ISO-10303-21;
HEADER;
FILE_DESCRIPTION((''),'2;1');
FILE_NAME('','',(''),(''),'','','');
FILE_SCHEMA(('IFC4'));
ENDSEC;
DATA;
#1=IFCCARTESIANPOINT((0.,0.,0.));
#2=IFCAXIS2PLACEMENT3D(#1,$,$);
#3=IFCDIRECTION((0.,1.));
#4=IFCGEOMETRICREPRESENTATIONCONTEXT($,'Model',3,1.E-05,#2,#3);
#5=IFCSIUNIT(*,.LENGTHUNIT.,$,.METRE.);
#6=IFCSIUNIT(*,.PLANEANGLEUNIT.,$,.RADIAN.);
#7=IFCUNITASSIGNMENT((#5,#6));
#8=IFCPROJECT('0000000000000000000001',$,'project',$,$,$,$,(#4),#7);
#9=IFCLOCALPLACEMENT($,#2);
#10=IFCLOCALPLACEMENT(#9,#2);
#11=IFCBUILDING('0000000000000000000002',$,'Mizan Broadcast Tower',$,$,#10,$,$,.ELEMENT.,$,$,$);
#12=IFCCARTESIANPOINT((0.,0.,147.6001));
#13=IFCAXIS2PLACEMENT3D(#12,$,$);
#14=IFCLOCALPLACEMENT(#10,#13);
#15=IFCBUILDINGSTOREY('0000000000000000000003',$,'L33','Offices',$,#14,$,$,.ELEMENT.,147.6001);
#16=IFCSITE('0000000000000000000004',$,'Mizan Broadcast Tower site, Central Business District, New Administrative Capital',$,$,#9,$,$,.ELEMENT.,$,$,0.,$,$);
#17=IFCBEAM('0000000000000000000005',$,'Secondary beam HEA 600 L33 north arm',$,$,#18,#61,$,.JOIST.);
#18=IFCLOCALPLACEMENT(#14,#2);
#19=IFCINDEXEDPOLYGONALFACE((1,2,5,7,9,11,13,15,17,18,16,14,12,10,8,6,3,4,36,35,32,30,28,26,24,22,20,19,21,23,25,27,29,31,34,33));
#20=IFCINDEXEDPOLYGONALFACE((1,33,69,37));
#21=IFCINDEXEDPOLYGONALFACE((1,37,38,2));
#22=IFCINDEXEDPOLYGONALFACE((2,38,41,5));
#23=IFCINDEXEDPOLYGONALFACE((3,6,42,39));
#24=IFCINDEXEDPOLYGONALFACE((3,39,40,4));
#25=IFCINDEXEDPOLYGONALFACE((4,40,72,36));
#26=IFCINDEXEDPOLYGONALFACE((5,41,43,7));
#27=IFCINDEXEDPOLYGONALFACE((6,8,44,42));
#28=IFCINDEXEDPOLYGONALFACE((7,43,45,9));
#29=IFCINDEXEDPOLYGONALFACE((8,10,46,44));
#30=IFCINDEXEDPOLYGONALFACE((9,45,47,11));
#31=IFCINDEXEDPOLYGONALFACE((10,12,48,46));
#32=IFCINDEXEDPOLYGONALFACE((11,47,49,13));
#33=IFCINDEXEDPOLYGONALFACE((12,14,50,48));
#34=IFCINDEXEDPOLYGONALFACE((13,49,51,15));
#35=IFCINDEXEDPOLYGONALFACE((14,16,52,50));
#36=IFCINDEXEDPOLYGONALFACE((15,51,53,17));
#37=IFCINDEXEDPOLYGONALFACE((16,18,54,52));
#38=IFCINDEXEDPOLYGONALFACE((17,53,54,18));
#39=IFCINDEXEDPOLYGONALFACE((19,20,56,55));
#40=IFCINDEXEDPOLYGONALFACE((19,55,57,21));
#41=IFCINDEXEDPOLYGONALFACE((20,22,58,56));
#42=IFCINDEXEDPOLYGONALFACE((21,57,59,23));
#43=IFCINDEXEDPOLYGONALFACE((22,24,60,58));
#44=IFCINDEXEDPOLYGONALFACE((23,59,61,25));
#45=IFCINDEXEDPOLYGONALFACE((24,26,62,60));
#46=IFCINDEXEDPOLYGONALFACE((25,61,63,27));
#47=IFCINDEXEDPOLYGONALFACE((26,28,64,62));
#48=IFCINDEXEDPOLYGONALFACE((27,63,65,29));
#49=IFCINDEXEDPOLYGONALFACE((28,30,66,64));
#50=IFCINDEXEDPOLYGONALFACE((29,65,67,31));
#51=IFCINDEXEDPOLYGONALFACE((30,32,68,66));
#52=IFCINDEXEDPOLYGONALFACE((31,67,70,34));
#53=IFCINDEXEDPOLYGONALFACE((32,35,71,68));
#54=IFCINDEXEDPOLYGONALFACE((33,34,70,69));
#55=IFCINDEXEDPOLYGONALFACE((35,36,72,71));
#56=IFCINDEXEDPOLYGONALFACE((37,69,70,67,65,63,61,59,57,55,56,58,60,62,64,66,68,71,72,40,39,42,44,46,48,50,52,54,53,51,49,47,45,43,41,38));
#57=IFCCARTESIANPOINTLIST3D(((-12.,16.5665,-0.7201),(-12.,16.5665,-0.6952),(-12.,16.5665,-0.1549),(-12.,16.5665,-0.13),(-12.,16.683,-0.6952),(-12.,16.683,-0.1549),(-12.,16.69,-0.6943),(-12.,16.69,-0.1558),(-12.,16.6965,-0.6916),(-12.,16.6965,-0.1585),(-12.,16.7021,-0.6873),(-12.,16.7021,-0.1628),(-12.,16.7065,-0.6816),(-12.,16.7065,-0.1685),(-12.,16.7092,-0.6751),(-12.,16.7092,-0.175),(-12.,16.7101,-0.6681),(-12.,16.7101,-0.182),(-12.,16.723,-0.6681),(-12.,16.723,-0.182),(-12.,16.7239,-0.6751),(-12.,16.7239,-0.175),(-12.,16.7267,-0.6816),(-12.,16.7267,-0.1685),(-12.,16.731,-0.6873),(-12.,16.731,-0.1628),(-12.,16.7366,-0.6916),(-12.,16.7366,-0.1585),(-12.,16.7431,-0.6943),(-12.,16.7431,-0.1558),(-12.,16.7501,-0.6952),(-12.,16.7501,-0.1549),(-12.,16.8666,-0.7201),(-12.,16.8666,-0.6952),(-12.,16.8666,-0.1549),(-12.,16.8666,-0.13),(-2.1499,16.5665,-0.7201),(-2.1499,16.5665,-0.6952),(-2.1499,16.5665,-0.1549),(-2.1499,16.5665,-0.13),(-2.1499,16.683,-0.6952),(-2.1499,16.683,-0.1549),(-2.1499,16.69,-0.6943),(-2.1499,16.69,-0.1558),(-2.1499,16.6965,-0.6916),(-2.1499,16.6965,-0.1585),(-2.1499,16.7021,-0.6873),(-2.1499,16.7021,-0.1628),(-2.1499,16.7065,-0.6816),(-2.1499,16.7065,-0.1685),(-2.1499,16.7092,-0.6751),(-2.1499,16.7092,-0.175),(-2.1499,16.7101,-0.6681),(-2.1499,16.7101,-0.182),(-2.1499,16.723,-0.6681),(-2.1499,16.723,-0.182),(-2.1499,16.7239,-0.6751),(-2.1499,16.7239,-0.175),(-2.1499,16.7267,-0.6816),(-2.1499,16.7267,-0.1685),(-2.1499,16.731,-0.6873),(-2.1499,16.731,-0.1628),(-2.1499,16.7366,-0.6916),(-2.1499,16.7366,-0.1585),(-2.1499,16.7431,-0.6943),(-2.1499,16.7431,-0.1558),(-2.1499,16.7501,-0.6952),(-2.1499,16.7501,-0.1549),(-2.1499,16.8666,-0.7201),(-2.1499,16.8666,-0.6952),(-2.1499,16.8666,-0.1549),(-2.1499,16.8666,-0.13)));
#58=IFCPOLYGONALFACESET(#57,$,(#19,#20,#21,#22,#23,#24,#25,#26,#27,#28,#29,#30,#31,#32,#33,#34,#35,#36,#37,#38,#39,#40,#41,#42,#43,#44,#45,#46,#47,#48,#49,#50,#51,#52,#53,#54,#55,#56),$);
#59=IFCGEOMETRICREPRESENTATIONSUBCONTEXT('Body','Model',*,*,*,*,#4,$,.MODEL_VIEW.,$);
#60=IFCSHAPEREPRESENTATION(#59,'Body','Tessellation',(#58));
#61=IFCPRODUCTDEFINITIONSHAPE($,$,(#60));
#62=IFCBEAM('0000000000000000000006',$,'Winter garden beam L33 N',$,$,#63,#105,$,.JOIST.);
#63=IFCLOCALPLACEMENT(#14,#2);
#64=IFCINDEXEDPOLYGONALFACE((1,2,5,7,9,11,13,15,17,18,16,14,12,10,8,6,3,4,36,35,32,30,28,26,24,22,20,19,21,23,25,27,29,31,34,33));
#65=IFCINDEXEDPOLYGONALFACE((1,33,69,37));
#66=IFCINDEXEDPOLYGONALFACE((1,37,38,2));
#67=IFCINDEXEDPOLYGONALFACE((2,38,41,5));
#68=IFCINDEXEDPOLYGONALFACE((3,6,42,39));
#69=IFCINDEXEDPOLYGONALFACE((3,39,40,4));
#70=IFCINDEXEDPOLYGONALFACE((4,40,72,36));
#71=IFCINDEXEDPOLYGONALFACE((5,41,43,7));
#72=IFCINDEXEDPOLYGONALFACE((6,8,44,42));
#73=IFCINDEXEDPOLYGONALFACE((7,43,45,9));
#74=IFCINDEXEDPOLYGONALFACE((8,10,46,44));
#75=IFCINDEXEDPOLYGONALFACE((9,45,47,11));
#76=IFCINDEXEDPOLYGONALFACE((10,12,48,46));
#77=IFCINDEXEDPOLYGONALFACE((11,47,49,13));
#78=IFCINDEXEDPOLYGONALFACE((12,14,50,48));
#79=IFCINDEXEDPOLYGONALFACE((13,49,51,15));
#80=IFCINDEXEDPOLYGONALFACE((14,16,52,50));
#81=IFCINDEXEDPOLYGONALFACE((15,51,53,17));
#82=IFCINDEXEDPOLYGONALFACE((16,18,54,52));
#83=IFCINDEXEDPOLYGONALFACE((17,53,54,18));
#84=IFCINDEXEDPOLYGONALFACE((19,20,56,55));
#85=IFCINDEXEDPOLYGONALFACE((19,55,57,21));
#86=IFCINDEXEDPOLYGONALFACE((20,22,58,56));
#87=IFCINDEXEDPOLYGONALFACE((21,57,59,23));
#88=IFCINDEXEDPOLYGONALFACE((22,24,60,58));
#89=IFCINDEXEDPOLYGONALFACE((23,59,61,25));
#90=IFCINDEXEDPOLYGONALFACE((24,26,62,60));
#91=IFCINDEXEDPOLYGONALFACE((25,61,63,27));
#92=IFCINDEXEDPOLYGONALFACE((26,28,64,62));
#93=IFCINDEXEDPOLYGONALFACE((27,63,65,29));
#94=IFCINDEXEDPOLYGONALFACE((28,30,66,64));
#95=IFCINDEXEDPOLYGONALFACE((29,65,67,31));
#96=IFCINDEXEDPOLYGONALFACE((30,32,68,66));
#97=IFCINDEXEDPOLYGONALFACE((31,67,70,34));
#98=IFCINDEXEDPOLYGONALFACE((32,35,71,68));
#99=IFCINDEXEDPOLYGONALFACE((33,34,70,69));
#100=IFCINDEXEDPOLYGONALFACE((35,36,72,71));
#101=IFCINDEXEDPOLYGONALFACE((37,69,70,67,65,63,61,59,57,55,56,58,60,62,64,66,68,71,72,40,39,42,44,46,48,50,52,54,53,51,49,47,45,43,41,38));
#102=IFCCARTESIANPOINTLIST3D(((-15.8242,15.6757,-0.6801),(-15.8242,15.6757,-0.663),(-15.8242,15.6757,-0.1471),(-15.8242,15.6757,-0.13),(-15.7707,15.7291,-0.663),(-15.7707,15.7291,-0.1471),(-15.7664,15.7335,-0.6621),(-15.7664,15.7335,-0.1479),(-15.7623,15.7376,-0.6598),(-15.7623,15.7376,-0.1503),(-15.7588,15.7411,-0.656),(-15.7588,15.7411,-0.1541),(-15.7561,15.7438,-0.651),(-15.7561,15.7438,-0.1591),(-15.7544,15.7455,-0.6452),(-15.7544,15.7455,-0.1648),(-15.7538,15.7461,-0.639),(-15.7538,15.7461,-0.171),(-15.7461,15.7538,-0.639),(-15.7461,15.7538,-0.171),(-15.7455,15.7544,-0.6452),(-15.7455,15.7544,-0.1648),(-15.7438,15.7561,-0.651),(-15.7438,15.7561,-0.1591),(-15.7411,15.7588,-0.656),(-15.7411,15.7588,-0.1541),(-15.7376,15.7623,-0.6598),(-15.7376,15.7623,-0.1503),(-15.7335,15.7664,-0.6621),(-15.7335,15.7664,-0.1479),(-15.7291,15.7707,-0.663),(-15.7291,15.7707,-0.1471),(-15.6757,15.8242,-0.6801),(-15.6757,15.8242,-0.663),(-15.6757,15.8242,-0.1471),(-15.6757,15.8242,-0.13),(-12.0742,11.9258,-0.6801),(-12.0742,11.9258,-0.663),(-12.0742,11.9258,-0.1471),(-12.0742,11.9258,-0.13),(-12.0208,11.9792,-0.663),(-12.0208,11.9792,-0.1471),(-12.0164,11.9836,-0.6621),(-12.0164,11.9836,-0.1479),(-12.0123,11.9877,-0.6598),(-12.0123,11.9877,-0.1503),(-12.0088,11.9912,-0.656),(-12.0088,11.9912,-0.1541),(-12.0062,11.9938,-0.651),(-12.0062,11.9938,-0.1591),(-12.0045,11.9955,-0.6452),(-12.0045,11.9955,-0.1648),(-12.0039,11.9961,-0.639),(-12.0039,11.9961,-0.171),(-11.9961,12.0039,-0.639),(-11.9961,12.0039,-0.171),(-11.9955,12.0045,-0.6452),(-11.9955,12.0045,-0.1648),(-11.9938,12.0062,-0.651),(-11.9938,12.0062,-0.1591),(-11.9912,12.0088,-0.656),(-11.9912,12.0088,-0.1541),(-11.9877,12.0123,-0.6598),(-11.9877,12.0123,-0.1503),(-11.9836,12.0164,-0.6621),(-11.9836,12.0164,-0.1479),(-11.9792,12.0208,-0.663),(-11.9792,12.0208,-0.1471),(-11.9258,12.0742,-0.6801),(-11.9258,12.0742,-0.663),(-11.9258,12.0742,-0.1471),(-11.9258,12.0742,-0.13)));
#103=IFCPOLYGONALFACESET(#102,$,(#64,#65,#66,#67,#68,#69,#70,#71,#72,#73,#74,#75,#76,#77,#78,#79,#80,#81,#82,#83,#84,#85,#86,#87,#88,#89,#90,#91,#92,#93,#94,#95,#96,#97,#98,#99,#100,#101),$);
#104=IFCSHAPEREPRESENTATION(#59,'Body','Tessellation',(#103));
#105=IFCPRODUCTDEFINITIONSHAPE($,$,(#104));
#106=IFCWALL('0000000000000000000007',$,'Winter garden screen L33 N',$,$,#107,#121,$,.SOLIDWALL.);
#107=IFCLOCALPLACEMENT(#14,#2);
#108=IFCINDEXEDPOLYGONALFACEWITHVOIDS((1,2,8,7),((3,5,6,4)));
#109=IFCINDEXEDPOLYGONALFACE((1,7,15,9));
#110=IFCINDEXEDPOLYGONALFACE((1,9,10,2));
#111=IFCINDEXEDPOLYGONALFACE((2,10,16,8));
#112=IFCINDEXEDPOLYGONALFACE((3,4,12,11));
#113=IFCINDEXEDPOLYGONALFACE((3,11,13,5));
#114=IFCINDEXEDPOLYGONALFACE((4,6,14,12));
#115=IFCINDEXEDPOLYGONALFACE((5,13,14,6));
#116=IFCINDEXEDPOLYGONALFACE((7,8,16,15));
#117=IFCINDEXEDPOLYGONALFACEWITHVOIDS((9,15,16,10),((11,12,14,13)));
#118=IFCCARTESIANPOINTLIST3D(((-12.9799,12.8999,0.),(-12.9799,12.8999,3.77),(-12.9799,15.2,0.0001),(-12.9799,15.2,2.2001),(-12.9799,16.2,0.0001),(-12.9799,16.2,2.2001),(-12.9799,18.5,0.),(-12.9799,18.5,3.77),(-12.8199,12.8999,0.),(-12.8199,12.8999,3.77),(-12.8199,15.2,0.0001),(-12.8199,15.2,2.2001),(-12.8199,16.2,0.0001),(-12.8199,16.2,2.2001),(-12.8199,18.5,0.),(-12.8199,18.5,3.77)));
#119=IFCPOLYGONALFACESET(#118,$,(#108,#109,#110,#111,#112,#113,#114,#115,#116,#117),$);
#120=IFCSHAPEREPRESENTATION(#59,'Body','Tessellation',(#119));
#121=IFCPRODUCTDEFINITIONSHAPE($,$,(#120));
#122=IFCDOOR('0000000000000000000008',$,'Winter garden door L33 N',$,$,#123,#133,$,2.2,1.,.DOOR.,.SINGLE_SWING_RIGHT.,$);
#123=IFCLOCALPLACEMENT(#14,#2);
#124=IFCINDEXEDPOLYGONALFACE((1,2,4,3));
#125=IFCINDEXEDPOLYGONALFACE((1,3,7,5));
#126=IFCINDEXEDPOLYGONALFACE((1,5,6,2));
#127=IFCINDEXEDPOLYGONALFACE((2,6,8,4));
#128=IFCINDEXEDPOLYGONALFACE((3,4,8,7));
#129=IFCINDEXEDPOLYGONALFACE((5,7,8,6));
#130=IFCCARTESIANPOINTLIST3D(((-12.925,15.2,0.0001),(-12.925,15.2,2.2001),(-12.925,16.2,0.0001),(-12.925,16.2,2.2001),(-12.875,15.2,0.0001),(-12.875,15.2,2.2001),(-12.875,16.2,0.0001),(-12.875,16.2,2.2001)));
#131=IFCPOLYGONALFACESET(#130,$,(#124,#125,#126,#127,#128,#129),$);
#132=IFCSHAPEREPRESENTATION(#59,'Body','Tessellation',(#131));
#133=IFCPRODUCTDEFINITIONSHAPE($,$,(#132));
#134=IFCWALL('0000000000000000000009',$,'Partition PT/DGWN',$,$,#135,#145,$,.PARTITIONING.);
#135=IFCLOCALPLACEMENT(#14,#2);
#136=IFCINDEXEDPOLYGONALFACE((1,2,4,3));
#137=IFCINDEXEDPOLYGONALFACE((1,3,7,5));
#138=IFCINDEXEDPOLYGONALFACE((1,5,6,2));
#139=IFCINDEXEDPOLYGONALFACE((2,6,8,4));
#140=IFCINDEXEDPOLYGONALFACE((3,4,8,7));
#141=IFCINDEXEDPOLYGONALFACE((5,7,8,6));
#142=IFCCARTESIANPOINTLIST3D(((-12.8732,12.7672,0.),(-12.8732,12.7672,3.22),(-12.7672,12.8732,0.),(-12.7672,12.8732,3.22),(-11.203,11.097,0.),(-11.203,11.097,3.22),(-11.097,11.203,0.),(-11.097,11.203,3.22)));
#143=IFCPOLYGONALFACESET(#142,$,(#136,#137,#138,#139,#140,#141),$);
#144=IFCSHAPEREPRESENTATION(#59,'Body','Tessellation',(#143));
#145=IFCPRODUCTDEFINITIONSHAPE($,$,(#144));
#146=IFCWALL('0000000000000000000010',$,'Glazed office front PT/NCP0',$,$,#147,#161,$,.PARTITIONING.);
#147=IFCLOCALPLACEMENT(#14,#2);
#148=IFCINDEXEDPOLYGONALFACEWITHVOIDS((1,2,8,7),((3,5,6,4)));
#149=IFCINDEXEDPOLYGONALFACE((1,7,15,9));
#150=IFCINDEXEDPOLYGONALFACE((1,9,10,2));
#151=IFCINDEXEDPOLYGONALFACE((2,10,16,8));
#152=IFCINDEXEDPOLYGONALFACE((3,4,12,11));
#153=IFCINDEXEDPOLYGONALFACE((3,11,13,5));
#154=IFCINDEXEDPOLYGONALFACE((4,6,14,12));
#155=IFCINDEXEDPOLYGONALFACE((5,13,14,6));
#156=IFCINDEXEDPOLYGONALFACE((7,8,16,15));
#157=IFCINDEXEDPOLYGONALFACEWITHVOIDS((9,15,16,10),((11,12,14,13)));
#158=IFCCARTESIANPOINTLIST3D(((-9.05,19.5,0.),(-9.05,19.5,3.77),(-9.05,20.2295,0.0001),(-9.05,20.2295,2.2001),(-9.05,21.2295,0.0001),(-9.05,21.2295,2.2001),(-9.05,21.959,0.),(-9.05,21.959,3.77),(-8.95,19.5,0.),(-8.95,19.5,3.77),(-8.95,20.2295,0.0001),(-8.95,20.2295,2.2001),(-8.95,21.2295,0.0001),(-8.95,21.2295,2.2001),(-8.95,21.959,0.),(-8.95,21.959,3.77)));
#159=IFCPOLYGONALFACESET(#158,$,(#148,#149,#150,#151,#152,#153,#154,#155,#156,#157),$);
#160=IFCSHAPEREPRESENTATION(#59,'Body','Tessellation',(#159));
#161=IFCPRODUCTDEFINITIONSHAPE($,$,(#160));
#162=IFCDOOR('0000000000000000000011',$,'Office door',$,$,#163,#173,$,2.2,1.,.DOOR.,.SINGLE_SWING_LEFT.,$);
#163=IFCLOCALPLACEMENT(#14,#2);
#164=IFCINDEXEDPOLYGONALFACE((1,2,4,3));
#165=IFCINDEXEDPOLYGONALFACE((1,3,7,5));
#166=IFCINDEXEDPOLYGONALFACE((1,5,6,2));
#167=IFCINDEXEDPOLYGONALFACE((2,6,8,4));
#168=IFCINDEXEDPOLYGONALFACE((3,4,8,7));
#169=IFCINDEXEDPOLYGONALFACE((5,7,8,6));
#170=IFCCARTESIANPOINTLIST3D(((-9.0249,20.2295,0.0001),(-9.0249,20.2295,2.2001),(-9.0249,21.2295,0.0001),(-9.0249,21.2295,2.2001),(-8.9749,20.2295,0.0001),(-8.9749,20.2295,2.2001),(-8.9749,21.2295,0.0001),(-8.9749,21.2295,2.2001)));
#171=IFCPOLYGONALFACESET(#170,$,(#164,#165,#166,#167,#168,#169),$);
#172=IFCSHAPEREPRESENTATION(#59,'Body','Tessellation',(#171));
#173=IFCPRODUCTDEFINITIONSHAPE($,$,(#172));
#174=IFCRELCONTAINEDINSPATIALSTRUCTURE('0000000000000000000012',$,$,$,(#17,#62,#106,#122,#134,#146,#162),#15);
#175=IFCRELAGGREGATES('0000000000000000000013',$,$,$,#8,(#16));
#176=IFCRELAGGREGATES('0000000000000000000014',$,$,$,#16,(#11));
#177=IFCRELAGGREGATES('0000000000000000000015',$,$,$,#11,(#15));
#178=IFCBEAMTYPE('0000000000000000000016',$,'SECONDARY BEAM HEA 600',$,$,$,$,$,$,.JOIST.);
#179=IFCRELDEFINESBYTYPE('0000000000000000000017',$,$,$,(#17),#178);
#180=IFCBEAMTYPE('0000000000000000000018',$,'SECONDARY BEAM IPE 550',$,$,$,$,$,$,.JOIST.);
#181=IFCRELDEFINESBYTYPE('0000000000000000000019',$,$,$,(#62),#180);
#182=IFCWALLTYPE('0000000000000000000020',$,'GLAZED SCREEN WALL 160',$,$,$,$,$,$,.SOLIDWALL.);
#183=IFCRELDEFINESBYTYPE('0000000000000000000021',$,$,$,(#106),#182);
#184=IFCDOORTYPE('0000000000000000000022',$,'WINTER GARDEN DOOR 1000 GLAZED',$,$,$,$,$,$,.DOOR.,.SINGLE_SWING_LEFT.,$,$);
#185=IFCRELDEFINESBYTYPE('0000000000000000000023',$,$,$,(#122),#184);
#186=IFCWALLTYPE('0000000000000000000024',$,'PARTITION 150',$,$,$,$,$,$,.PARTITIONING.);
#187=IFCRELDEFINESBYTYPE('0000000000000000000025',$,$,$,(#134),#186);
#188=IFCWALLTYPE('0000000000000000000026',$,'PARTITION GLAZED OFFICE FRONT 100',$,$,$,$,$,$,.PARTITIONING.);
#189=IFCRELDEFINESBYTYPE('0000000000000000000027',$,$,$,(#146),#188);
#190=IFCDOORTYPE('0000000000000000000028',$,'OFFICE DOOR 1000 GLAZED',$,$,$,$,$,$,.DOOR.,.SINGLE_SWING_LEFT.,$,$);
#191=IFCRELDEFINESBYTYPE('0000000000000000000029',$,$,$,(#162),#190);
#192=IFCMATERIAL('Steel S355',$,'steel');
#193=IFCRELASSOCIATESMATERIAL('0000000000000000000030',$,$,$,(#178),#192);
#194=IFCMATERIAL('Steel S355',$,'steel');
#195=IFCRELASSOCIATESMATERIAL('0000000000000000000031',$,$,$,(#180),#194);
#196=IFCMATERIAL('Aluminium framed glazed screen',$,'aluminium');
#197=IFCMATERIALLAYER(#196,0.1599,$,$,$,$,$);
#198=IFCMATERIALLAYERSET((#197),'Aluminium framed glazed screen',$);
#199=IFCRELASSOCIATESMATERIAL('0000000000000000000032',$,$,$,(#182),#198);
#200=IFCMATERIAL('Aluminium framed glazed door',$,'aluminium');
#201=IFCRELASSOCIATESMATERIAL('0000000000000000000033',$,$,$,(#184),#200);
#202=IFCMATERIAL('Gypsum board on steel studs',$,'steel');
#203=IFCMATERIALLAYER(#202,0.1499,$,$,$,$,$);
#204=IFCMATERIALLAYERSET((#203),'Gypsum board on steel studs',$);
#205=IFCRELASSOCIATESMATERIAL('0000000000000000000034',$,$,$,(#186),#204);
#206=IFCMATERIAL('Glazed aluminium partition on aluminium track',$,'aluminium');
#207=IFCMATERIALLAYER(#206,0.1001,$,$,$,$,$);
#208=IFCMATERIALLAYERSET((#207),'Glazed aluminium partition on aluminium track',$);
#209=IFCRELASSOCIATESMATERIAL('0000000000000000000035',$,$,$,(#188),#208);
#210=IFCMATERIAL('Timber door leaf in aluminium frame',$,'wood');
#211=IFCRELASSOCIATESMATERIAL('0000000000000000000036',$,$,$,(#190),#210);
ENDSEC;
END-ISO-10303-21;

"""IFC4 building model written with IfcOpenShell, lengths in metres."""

from ifc_helpers import new_model, si_unit, direction, frame, frame_2d, origin, origin_2d, place, context, subcontext, project, spatial, rectangle, i_section, extrude, material, layer, layer_set, material_profile, profile_set, type_object, element, fill, save


model = new_model("IFC4")

# Units and contexts
model_context = context("Model", 3, precision=1e-05, world=origin(), true_north=direction((0.0, 1.0)))
body_context = subcontext(model_context, "Body", "Model", "MODEL_VIEW")
ifc_project = project(units=[si_unit("LENGTHUNIT", "METRE"), si_unit("PLANEANGLEUNIT", "RADIAN")], contexts=[model_context])

# Site, building, storey
site_placement = place(None, origin())
site = spatial("IfcSite", under=ifc_project, at=site_placement, Name="Mizan Broadcast Tower site, Central Business District, New Administrative Capital", CompositionType="ELEMENT", RefElevation=0.0)
building_placement = place(site_placement, origin())
building = spatial("IfcBuilding", under=site, at=building_placement, Name="Mizan Broadcast Tower", CompositionType="ELEMENT")
storey_placement = place(building_placement, frame((0.0, 0.0, 147.6001)))
storey = spatial("IfcBuildingStorey", under=building, at=storey_placement, Name="L33", Description="Offices", CompositionType="ELEMENT", Elevation=147.6001)

# Beams
ifc_material_1 = material(Name="Steel S355", Category="steel")
ifc_material_profile_1 = material_profile(ifc_material_1, i_section(OverallWidth=0.3, OverallDepth=0.5901, WebThickness=0.0129, FlangeThickness=0.0249, FilletRadius=0.0271, at=origin_2d()), Name="HEA 600")
ifc_profile_set_1 = profile_set([ifc_material_profile_1], Name="Steel S355")
beam_type_1 = type_object("IfcBeamType", Name="SECONDARY BEAM HEA 600", PredefinedType="JOIST", material=ifc_profile_set_1)
for number, where, z_axis, x_axis, name in (
    (1, (-12.0, 16.7166, -0.425), (1.0, 0.0, 0.0), (0.0, 1.0, 0.0), "Secondary beam HEA 600 L33 north arm"),
):
    element("IfcBeam", number, at=place(storey_placement, frame(where, z_axis=z_axis, x_axis=x_axis)), inside=storey, type_object=beam_type_1, Name=name, PredefinedType="JOIST", context=body_context, shape_type="SweptSolid", body=[
        extrude(i_section(OverallWidth=0.3, OverallDepth=0.5901, WebThickness=0.0129, FlangeThickness=0.0249, FilletRadius=0.0271, at=origin_2d()), origin(), (0.0, 0.0, 1.0), 9.8501),
    ])
ifc_material_2 = material(Name="Steel S355", Category="steel")
ifc_material_profile_2 = material_profile(ifc_material_2, i_section(OverallWidth=0.21, OverallDepth=0.55, WebThickness=0.011, FlangeThickness=0.0171, FilletRadius=0.0239, at=origin_2d()), Name="IPE 550")
ifc_profile_set_2 = profile_set([ifc_material_profile_2], Name="Steel S355")
beam_type_2 = type_object("IfcBeamType", Name="SECONDARY BEAM IPE 550", PredefinedType="JOIST", material=ifc_profile_set_2)
beam_1_placement = place(storey_placement, frame((-12.0, 12.0, -0.405), z_axis=(-0.707107, 0.707107, 0.0), x_axis=(-0.707107, -0.707107, 0.0)))
element("IfcBeam", 2, at=beam_1_placement, inside=storey, type_object=beam_type_2, Name="Winter garden beam L33 N", PredefinedType="JOIST", context=body_context, shape_type="SweptSolid", body=[
    extrude(i_section(OverallWidth=0.21, OverallDepth=0.55, WebThickness=0.011, FlangeThickness=0.0171, FilletRadius=0.0239, at=origin_2d()), origin(), (0.0, 0.0, 1.0), 5.3032),
])

# Wall, opening, door
ifc_material_3 = material(Name="Aluminium framed glazed screen", Category="aluminium")
ifc_layer_1 = layer(ifc_material_3, 0.1599)
ifc_layer_set_1 = layer_set([ifc_layer_1], Name="Aluminium framed glazed screen")
wall_type_1 = type_object("IfcWallType", Name="GLAZED SCREEN WALL 160", PredefinedType="SOLIDWALL", material=ifc_layer_set_1)
wall_1_placement = place(storey_placement, frame((-12.8999, 18.5, 0.0), z_axis=(0.0, 0.0, 1.0), x_axis=(0.0, -1.0, 0.0)))
wall_1 = element("IfcWall", 3, at=wall_1_placement, inside=storey, type_object=wall_type_1, Name="Winter garden screen L33 N", PredefinedType="SOLIDWALL", context=body_context, shape_type="SweptSolid", body=[
    extrude(rectangle(XDim=5.6001, YDim=0.1599, at=frame_2d((2.8, 0.0))), origin(), (0.0, 0.0, 1.0), 3.77),
])
opening_1_placement = place(wall_1_placement, frame((2.3, 0.0, 0.0)))
opening_1 = element("IfcOpeningElement", 4, at=opening_1_placement, cuts=wall_1, PredefinedType="OPENING", context=body_context, shape_type="SweptSolid", body=[
    extrude(rectangle(XDim=1.0, YDim=2.2, at=frame_2d((0.5, 1.1001))), frame((0.0, 0.0898, 0.0), z_axis=(0.0, -1.0, 0.0), x_axis=(1.0, 0.0, 0.0)), (0.0, 0.0, 1.0), 0.1799),
])
ifc_material_4 = material(Name="Aluminium framed glazed door", Category="aluminium")
door_type_1 = type_object("IfcDoorType", Name="WINTER GARDEN DOOR 1000 GLAZED", OperationType="SINGLE_SWING_LEFT", PredefinedType="DOOR", material=ifc_material_4)
door_1_placement = place(opening_1_placement, origin())
door_1 = element("IfcDoor", 5, at=door_1_placement, inside=storey, type_object=door_type_1, Name="Winter garden door L33 N", OperationType="SINGLE_SWING_RIGHT", OverallHeight=2.2, OverallWidth=1.0, PredefinedType="DOOR", context=body_context, shape_type="SweptSolid", body=[
    extrude(rectangle(XDim=1.0, YDim=2.2, at=frame_2d((0.5, 1.1001))), frame((0.0, 0.0249, 0.0), z_axis=(0.0, -1.0, 0.0), x_axis=(1.0, 0.0, 0.0)), (0.0, 0.0, 1.0), 0.05),
])
fill(opening_1, door_1)

# Wall
ifc_material_5 = material(Name="Gypsum board on steel studs", Category="steel")
ifc_layer_2 = layer(ifc_material_5, 0.1499)
ifc_layer_set_2 = layer_set([ifc_layer_2], Name="Gypsum board on steel studs")
wall_type_2 = type_object("IfcWallType", Name="PARTITION 150", PredefinedType="PARTITIONING", material=ifc_layer_set_2)
wall_2_placement = place(storey_placement, frame((-11.1499, 11.1499, 0.0), z_axis=(0.0, 0.0, 1.0), x_axis=(-0.707107, 0.707107, 0.0)))
element("IfcWall", 6, at=wall_2_placement, inside=storey, type_object=wall_type_2, Name="Partition PT/DGWN", PredefinedType="PARTITIONING", context=body_context, shape_type="SweptSolid", body=[
    extrude(rectangle(XDim=2.3621, YDim=0.1499, at=frame_2d((1.1812, 0.0))), origin(), (0.0, 0.0, 1.0), 3.22),
])

# Wall, opening, door
ifc_material_6 = material(Name="Glazed aluminium partition on aluminium track", Category="aluminium")
ifc_layer_3 = layer(ifc_material_6, 0.1001)
ifc_layer_set_3 = layer_set([ifc_layer_3], Name="Glazed aluminium partition on aluminium track")
wall_type_3 = type_object("IfcWallType", Name="PARTITION GLAZED OFFICE FRONT 100", PredefinedType="PARTITIONING", material=ifc_layer_set_3)
wall_3_placement = place(storey_placement, frame((-9.0, 19.5, 0.0), z_axis=(0.0, 0.0, 1.0), x_axis=(0.0, 1.0, 0.0)))
wall_3 = element("IfcWall", 7, at=wall_3_placement, inside=storey, type_object=wall_type_3, Name="Glazed office front PT/NCP0", PredefinedType="PARTITIONING", context=body_context, shape_type="SweptSolid", body=[
    extrude(rectangle(XDim=2.459, YDim=0.1001, at=frame_2d((1.2295, 0.0))), origin(), (0.0, 0.0, 1.0), 3.77),
])
opening_2_placement = place(wall_3_placement, frame((0.7295, 0.0, 0.0)))
opening_2 = element("IfcOpeningElement", 8, at=opening_2_placement, cuts=wall_3, PredefinedType="OPENING", context=body_context, shape_type="SweptSolid", body=[
    extrude(rectangle(XDim=1.0, YDim=2.2, at=frame_2d((0.5, 1.1001))), frame((0.0, 0.0601, 0.0), z_axis=(0.0, -1.0, 0.0), x_axis=(1.0, 0.0, 0.0)), (0.0, 0.0, 1.0), 0.1201),
])
ifc_material_7 = material(Name="Timber door leaf in aluminium frame", Category="wood")
door_type_2 = type_object("IfcDoorType", Name="OFFICE DOOR 1000 GLAZED", OperationType="SINGLE_SWING_LEFT", PredefinedType="DOOR", material=ifc_material_7)
door_2_placement = place(opening_2_placement, origin())
door_2 = element("IfcDoor", 9, at=door_2_placement, inside=storey, type_object=door_type_2, Name="Office door", OperationType="SINGLE_SWING_LEFT", OverallHeight=2.2, OverallWidth=1.0, PredefinedType="DOOR", context=body_context, shape_type="SweptSolid", body=[
    extrude(rectangle(XDim=1.0, YDim=2.2, at=frame_2d((0.5, 1.1001))), frame((0.0, 0.0249, 0.0), z_axis=(0.0, -1.0, 0.0), x_axis=(1.0, 0.0, 0.0)), (0.0, 0.0, 1.0), 0.05),
])
fill(opening_2, door_2)

save(model, "model.ifc")
